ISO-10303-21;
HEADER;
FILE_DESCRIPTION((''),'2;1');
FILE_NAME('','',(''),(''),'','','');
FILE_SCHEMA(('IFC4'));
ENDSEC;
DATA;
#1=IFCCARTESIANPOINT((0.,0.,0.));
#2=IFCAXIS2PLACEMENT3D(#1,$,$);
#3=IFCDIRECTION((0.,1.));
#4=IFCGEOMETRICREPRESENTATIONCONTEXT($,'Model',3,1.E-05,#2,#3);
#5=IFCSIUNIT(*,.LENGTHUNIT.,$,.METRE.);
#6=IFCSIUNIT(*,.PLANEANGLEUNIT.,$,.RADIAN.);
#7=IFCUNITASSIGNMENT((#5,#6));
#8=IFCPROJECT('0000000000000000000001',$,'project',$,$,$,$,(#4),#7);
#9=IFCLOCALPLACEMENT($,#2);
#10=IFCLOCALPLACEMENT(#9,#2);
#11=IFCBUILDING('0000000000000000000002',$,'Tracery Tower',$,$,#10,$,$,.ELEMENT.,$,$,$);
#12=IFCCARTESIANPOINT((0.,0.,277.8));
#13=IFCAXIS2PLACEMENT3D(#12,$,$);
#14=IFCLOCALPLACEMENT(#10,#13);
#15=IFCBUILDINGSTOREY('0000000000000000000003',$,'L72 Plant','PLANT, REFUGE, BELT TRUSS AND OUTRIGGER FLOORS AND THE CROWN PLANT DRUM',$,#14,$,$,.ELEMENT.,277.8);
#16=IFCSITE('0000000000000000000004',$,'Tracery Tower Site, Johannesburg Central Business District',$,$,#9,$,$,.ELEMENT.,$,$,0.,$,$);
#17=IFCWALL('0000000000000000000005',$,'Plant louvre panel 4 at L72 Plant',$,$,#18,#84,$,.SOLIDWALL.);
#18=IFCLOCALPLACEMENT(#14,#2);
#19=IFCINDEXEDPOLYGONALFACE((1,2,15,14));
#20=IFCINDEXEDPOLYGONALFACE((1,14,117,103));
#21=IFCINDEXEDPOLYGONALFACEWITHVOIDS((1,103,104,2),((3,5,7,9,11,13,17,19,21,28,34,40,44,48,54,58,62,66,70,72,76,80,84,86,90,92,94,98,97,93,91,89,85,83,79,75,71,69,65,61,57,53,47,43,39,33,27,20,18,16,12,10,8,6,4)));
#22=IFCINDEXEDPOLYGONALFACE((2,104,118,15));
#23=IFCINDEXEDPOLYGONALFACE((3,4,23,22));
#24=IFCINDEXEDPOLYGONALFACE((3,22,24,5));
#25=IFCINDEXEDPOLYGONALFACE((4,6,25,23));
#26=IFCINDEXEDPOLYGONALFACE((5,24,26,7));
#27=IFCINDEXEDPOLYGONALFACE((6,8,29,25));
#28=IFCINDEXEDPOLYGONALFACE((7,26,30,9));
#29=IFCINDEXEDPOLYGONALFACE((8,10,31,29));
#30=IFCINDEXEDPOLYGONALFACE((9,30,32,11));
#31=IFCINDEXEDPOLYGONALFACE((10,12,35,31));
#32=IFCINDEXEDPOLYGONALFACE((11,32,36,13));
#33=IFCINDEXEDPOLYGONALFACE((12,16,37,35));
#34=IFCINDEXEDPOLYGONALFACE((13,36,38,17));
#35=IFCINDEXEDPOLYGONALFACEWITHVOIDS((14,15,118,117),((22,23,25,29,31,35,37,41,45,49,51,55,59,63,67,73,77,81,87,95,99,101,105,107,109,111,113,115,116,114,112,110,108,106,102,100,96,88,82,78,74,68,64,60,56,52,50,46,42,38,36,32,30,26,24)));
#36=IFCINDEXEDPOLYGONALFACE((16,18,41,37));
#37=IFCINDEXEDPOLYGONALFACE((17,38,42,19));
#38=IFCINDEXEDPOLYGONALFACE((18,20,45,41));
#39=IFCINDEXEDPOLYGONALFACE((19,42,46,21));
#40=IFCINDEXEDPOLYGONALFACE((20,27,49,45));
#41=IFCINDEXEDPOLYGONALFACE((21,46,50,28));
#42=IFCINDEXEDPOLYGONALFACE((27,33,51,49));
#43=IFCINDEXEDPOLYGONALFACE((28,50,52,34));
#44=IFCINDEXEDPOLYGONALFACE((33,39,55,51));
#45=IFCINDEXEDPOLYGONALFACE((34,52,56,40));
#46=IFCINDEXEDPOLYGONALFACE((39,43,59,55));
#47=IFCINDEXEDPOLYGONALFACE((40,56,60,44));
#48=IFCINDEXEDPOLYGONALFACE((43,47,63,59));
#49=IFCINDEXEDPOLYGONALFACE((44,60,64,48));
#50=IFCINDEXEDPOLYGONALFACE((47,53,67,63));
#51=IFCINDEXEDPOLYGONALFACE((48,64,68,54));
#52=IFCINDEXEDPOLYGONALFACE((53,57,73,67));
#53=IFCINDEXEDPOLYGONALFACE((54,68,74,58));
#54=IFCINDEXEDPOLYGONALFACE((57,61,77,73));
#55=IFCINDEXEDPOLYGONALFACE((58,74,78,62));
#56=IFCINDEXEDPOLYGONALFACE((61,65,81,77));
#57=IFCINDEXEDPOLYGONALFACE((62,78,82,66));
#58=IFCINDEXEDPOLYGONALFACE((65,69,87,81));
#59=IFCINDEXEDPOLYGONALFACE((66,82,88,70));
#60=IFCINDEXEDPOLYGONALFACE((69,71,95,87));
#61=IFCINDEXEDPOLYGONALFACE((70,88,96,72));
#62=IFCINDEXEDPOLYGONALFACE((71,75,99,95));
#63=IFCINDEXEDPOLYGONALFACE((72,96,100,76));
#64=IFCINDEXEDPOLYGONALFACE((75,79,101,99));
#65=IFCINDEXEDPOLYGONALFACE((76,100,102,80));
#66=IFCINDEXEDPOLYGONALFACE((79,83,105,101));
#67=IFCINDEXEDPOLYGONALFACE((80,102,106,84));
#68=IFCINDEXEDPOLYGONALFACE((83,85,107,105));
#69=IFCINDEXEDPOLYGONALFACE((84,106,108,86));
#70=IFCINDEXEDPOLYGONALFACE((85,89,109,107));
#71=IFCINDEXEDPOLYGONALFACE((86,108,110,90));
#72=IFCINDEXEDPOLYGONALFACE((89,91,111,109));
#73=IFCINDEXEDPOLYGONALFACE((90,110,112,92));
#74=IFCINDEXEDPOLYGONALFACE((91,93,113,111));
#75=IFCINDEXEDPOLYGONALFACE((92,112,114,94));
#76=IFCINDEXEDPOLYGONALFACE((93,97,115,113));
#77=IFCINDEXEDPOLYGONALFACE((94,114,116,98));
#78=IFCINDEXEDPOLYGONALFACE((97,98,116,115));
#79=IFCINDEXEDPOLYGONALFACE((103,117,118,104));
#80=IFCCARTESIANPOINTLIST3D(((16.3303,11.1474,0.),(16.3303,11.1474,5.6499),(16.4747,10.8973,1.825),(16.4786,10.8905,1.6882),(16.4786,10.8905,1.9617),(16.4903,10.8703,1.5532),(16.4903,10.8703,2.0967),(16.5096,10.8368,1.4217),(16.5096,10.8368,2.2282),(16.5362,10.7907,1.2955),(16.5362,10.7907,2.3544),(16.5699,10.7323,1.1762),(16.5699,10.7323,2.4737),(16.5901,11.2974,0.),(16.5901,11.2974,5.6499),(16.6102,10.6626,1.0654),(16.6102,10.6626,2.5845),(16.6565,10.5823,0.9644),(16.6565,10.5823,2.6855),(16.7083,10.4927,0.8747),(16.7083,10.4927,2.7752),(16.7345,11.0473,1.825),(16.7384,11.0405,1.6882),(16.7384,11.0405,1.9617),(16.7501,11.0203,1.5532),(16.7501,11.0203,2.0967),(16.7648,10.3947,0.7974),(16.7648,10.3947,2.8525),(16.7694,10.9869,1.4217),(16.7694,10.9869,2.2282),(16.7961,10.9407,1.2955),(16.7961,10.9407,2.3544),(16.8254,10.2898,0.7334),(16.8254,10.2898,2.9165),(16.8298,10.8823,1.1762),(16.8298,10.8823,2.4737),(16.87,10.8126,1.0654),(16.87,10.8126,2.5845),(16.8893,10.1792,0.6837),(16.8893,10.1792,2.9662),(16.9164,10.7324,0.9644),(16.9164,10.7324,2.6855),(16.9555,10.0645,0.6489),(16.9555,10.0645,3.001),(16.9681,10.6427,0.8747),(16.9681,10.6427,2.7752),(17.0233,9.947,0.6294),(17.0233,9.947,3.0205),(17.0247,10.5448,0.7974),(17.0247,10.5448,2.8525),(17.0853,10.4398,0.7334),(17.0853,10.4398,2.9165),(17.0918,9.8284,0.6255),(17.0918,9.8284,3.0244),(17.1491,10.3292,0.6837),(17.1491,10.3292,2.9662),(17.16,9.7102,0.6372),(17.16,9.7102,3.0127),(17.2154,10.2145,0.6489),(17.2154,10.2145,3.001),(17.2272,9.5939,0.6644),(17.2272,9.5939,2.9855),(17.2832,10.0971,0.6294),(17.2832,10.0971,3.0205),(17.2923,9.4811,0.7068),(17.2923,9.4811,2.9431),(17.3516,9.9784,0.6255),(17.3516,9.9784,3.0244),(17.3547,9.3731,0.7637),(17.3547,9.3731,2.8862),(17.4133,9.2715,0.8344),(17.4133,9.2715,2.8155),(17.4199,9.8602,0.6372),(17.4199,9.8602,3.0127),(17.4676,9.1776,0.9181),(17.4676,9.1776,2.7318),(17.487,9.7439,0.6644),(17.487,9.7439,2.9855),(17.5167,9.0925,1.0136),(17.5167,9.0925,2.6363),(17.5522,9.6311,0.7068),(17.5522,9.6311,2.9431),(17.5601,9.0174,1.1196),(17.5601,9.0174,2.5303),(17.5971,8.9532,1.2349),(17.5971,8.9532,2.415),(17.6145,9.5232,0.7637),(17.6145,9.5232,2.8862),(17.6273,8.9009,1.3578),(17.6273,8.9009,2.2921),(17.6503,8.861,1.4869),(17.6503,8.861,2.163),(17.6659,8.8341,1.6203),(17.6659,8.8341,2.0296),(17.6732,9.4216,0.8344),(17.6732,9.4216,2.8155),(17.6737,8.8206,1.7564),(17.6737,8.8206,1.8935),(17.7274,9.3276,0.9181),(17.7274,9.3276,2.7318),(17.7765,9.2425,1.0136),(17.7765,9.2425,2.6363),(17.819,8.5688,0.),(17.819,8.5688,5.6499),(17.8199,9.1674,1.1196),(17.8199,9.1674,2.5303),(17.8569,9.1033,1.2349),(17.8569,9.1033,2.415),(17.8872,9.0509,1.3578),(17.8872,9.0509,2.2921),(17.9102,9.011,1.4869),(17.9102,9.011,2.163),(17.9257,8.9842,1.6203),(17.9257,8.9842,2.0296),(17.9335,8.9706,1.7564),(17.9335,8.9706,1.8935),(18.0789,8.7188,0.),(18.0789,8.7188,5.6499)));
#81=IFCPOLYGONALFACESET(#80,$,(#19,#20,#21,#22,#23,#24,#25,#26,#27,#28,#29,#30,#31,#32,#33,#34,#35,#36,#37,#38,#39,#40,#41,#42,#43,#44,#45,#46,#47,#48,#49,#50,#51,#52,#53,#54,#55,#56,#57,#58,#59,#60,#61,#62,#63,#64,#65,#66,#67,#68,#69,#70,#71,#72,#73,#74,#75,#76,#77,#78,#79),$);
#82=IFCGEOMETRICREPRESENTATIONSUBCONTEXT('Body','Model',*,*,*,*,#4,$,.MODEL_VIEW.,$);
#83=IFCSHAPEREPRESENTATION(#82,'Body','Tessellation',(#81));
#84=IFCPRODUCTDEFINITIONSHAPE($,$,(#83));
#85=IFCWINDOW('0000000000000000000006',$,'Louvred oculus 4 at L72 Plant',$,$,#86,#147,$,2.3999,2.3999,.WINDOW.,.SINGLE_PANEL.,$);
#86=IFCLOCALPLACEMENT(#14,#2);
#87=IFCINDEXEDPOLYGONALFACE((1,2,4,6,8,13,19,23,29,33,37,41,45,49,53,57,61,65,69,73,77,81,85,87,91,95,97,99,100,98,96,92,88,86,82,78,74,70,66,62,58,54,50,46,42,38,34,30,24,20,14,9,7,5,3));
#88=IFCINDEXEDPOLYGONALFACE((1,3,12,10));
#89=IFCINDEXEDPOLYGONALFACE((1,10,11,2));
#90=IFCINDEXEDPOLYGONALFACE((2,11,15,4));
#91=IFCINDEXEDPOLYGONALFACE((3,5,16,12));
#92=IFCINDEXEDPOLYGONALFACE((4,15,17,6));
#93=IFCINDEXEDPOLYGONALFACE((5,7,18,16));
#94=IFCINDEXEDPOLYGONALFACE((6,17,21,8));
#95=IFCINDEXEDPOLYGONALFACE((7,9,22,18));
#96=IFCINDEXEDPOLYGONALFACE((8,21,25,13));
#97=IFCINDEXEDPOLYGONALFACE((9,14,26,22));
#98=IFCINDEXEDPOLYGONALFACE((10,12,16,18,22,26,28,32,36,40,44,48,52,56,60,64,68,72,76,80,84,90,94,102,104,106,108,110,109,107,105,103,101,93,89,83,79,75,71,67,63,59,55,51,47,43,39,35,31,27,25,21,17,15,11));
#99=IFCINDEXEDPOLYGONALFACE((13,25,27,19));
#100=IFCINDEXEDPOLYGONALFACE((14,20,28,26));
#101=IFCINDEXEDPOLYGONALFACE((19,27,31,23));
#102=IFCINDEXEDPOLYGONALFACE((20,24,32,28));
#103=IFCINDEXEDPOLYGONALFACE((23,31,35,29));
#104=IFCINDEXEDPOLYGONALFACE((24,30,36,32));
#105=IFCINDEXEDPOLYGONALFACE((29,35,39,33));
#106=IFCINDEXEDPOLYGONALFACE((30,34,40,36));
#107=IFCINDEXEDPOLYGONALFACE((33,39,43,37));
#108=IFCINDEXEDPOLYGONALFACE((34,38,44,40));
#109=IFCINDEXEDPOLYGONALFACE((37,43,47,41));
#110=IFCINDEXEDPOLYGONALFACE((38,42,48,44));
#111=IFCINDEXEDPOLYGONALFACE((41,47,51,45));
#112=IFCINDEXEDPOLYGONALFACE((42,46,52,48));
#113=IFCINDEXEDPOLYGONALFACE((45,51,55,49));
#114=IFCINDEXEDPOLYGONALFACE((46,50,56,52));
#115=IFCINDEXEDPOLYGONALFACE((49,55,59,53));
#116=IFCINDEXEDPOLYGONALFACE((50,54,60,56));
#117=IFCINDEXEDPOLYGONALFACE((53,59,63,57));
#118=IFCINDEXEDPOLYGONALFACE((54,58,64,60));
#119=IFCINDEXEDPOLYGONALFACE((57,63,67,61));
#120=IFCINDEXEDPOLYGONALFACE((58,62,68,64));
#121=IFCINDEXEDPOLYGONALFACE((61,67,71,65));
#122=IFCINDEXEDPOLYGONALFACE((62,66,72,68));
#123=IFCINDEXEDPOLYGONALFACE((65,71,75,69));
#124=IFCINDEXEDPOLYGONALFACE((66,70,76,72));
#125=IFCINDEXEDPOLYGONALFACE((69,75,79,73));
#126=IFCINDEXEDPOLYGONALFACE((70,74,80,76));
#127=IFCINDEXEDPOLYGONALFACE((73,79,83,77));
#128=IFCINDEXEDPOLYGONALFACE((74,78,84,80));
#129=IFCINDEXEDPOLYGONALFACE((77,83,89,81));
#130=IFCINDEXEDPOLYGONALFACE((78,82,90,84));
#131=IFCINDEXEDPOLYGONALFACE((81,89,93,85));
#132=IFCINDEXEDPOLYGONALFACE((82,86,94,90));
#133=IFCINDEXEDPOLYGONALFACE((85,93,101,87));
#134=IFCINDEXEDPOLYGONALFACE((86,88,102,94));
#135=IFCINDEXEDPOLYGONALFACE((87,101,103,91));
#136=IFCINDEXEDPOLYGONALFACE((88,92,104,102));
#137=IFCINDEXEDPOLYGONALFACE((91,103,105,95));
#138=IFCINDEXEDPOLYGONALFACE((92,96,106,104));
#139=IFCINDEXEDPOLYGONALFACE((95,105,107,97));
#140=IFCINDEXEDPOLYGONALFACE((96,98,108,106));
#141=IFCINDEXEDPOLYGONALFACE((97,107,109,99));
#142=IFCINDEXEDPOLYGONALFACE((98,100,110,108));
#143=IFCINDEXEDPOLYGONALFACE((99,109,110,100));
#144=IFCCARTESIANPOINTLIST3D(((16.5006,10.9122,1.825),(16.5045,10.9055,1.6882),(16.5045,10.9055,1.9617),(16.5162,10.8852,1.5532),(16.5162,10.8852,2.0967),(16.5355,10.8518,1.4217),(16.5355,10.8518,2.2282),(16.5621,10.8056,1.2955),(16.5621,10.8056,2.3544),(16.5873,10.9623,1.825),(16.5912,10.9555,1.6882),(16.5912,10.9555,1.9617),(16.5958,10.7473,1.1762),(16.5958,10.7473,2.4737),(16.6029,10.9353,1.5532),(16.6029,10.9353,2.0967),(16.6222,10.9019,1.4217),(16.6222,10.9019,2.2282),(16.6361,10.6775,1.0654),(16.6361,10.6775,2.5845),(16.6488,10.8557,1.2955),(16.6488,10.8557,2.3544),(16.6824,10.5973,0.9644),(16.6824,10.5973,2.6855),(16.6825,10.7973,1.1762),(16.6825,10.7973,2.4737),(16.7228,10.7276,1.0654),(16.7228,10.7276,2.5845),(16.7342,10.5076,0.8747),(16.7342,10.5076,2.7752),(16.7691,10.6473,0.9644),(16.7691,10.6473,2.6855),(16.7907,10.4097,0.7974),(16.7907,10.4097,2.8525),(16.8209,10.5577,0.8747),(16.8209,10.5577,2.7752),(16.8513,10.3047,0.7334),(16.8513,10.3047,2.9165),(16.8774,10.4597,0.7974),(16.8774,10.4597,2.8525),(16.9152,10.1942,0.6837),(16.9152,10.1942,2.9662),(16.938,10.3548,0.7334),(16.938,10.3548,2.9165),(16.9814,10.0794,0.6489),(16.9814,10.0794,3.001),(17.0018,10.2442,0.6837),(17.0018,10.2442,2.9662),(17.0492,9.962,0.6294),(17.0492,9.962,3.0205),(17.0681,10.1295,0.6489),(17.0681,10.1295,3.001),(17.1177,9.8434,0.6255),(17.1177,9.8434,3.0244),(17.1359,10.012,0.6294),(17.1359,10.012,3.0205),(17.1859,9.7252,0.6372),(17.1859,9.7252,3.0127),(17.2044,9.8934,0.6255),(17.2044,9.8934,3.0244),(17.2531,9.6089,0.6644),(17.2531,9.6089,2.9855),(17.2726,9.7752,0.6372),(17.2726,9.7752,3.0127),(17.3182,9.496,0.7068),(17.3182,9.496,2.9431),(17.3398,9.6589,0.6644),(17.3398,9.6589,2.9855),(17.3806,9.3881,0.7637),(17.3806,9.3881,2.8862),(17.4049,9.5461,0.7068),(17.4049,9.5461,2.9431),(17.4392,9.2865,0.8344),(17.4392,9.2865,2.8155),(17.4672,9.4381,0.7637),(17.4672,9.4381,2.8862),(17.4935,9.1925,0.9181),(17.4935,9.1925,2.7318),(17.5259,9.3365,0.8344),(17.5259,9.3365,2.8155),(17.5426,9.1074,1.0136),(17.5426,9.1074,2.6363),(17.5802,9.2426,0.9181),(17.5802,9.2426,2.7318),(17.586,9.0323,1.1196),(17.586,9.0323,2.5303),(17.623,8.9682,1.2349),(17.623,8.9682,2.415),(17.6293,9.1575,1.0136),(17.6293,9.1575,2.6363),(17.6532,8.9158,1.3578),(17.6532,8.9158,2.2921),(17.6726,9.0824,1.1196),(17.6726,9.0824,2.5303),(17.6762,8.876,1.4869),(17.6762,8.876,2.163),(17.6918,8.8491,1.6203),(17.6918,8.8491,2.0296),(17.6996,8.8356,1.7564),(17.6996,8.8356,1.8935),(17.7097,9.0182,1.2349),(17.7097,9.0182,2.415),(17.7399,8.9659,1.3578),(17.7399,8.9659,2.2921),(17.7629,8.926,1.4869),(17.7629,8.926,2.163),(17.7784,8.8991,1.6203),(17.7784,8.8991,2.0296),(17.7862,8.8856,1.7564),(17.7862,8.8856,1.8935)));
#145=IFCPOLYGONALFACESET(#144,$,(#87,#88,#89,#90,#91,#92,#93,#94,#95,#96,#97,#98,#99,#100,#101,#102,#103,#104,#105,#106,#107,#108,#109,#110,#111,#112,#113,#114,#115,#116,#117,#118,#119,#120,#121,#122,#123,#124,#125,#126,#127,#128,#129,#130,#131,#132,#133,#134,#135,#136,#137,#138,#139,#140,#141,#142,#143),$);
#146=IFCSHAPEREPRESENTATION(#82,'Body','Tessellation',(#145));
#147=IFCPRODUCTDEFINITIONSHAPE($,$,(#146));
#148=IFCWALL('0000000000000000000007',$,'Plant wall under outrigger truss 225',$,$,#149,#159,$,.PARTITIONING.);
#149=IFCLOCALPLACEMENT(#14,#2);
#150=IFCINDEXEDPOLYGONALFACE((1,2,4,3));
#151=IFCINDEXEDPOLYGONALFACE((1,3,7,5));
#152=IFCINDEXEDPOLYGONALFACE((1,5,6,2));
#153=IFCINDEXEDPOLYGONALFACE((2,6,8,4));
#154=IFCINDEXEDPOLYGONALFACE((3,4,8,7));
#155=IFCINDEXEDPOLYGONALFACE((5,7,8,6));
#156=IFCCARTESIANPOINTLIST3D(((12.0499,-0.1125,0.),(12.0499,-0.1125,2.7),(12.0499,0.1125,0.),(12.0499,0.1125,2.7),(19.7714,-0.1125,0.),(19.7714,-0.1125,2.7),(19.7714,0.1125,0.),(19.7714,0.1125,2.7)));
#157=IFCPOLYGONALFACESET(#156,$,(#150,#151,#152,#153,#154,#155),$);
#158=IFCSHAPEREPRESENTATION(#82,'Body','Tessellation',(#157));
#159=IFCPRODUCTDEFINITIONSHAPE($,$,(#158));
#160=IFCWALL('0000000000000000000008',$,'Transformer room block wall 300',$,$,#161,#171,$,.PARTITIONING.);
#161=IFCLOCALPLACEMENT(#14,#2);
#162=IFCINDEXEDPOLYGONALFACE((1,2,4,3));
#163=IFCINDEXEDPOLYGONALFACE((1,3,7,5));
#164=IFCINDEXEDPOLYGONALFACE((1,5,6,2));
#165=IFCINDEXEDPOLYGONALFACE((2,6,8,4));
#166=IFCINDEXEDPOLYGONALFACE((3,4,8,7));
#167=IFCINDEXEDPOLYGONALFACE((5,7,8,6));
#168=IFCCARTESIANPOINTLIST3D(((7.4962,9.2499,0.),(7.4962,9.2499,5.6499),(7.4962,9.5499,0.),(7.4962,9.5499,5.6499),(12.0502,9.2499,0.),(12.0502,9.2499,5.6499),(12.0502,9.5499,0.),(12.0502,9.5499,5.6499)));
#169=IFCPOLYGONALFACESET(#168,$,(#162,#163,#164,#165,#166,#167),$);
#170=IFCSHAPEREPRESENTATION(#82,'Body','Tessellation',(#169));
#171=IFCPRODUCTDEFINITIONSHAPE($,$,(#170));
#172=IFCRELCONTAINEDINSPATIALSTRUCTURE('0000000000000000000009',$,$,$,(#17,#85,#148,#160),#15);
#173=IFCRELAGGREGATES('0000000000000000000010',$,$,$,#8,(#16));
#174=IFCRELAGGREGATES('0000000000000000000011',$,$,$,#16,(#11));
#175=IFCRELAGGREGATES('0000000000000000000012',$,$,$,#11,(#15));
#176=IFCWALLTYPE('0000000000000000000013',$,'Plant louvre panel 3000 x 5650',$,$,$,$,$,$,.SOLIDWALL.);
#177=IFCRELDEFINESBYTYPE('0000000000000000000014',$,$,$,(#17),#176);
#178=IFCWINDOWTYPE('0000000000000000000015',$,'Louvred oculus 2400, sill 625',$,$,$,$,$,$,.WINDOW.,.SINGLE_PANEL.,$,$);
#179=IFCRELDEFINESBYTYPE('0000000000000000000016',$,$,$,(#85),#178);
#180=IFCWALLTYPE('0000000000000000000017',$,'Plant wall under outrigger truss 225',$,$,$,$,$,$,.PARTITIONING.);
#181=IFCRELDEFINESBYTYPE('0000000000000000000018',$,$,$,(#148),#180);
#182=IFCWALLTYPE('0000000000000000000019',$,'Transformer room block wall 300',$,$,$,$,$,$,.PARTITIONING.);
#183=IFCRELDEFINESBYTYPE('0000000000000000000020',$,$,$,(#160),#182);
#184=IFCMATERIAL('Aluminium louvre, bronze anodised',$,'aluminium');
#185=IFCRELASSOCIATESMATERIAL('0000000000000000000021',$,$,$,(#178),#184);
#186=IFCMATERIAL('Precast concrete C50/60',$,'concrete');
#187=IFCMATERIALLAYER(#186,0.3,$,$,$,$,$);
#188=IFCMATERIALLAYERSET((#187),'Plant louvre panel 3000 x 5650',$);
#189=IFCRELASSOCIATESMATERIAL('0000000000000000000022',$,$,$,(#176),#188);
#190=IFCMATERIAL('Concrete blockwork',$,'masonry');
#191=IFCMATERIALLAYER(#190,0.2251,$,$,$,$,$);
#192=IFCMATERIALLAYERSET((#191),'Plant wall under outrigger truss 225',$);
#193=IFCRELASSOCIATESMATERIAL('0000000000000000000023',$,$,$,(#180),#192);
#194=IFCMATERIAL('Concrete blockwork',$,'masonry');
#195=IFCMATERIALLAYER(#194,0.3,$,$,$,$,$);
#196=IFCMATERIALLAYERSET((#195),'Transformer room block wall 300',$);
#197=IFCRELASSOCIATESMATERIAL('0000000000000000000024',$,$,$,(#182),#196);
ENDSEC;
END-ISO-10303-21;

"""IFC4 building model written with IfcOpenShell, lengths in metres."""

from ifc_helpers import new_model, si_unit, direction, frame, frame_2d, origin, origin_2d, place, context, subcontext, project, spatial, rectangle, circle, extrude, material, layer, layer_set, type_object, element, fill, save


model = new_model("IFC4")

# Units and contexts
model_context = context("Model", 3, precision=1e-05, world=origin(), true_north=direction((0.0, 1.0)))
body_context = subcontext(model_context, "Body", "Model", "MODEL_VIEW")
ifc_project = project(units=[si_unit("LENGTHUNIT", "METRE"), si_unit("PLANEANGLEUNIT", "RADIAN")], contexts=[model_context])

# Site, building, storey
site_placement = place(None, origin())
site = spatial("IfcSite", under=ifc_project, at=site_placement, Name="Tracery Tower Site, Johannesburg Central Business District", CompositionType="ELEMENT", RefElevation=0.0)
building_placement = place(site_placement, origin())
building = spatial("IfcBuilding", under=site, at=building_placement, Name="Tracery Tower", CompositionType="ELEMENT")
storey_placement = place(building_placement, frame((0.0, 0.0, 277.8)))
storey = spatial("IfcBuildingStorey", under=building, at=storey_placement, Name="L72 Plant", Description="PLANT, REFUGE, BELT TRUSS AND OUTRIGGER FLOORS AND THE CROWN PLANT DRUM", CompositionType="ELEMENT", Elevation=277.8)

# Wall, opening, window
ifc_material_1 = material(Name="Aluminium louvre, bronze anodised", Category="aluminium")
window_type = type_object("IfcWindowType", Name="Louvred oculus 2400, sill 625", PartitioningType="SINGLE_PANEL", PredefinedType="WINDOW", material=ifc_material_1)
ifc_material_2 = material(Name="Precast concrete C50/60", Category="concrete")
ifc_layer_1 = layer(ifc_material_2, 0.3)
ifc_layer_set_1 = layer_set([ifc_layer_1], Name="Plant louvre panel 3000 x 5650")
wall_type_1 = type_object("IfcWallType", Name="Plant louvre panel 3000 x 5650", PredefinedType="SOLIDWALL", material=ifc_layer_set_1)
wall_1_placement = place(storey_placement, frame((17.949, 8.6438, 0.0), z_axis=(0.0, 0.0, 1.0), x_axis=(-0.500002, 0.866024, 0.0)))
wall_1 = element("IfcWall", 1, at=wall_1_placement, inside=storey, type_object=wall_type_1, Name="Plant louvre panel 4 at L72 Plant", PredefinedType="SOLIDWALL", context=body_context, shape_type="SweptSolid", body=[
    extrude(rectangle(XDim=2.9775, YDim=0.3, at=frame_2d((1.4888, 0.0))), origin(), (0.0, 0.0, 1.0), 5.6499),
])
opening_1_placement = place(wall_1_placement, frame((1.4888, 0.0, 1.825)))
opening_1 = element("IfcOpeningElement", 2, at=opening_1_placement, cuts=wall_1, PredefinedType="OPENING", context=body_context, shape_type="SweptSolid", body=[
    extrude(circle(Radius=1.2, at=origin_2d()), frame((0.0, 0.1599, 0.0), z_axis=(0.0, -1.0, 0.0), x_axis=(1.0, 0.0, 0.0)), (0.0, 0.0, 1.0), 0.3201),
])
window_1_placement = place(opening_1_placement, origin())
window_1 = element("IfcWindow", 3, at=window_1_placement, inside=storey, type_object=window_type, Name="Louvred oculus 4 at L72 Plant", OverallHeight=2.3999, OverallWidth=2.3999, PartitioningType="SINGLE_PANEL", PredefinedType="WINDOW", context=body_context, shape_type="SweptSolid", body=[
    extrude(circle(Radius=1.2, at=origin_2d()), frame((0.0, 0.1201, 0.0), z_axis=(0.0, -1.0, 0.0), x_axis=(1.0, 0.0, 0.0)), (0.0, 0.0, 1.0), 0.1001),
])
fill(opening_1, window_1)

# Walls
ifc_material_3 = material(Name="Concrete blockwork", Category="masonry")
ifc_layer_2 = layer(ifc_material_3, 0.2251)
ifc_layer_set_2 = layer_set([ifc_layer_2], Name="Plant wall under outrigger truss 225")
wall_type_2 = type_object("IfcWallType", Name="Plant wall under outrigger truss 225", PredefinedType="PARTITIONING", material=ifc_layer_set_2)
wall_2_placement = place(storey_placement, frame((19.7715, 0.0, 0.0), z_axis=(0.0, 0.0, 1.0), x_axis=(-1.0, 0.0, 0.0)))
element("IfcWall", 4, at=wall_2_placement, inside=storey, type_object=wall_type_2, Name="Plant wall under outrigger truss 225", PredefinedType="PARTITIONING", context=body_context, shape_type="SweptSolid", body=[
    extrude(rectangle(XDim=7.7214, YDim=0.2251, at=frame_2d((3.8608, 0.0))), origin(), (0.0, 0.0, 1.0), 2.7),
])
ifc_material_4 = material(Name="Concrete blockwork", Category="masonry")
ifc_layer_3 = layer(ifc_material_4, 0.3)
ifc_layer_set_3 = layer_set([ifc_layer_3], Name="Transformer room block wall 300")
wall_type_3 = type_object("IfcWallType", Name="Transformer room block wall 300", PredefinedType="PARTITIONING", material=ifc_layer_set_3)
wall_3_placement = place(storey_placement, frame((12.05, 9.3999, 0.0), z_axis=(0.0, 0.0, 1.0), x_axis=(-1.0, 0.0, 0.0)))
element("IfcWall", 5, at=wall_3_placement, inside=storey, type_object=wall_type_3, Name="Transformer room block wall 300", PredefinedType="PARTITIONING", context=body_context, shape_type="SweptSolid", body=[
    extrude(rectangle(XDim=4.554, YDim=0.3, at=frame_2d((2.2769, 0.0))), origin(), (0.0, 0.0, 1.0), 5.6499),
])

save(model, "model.ifc")
